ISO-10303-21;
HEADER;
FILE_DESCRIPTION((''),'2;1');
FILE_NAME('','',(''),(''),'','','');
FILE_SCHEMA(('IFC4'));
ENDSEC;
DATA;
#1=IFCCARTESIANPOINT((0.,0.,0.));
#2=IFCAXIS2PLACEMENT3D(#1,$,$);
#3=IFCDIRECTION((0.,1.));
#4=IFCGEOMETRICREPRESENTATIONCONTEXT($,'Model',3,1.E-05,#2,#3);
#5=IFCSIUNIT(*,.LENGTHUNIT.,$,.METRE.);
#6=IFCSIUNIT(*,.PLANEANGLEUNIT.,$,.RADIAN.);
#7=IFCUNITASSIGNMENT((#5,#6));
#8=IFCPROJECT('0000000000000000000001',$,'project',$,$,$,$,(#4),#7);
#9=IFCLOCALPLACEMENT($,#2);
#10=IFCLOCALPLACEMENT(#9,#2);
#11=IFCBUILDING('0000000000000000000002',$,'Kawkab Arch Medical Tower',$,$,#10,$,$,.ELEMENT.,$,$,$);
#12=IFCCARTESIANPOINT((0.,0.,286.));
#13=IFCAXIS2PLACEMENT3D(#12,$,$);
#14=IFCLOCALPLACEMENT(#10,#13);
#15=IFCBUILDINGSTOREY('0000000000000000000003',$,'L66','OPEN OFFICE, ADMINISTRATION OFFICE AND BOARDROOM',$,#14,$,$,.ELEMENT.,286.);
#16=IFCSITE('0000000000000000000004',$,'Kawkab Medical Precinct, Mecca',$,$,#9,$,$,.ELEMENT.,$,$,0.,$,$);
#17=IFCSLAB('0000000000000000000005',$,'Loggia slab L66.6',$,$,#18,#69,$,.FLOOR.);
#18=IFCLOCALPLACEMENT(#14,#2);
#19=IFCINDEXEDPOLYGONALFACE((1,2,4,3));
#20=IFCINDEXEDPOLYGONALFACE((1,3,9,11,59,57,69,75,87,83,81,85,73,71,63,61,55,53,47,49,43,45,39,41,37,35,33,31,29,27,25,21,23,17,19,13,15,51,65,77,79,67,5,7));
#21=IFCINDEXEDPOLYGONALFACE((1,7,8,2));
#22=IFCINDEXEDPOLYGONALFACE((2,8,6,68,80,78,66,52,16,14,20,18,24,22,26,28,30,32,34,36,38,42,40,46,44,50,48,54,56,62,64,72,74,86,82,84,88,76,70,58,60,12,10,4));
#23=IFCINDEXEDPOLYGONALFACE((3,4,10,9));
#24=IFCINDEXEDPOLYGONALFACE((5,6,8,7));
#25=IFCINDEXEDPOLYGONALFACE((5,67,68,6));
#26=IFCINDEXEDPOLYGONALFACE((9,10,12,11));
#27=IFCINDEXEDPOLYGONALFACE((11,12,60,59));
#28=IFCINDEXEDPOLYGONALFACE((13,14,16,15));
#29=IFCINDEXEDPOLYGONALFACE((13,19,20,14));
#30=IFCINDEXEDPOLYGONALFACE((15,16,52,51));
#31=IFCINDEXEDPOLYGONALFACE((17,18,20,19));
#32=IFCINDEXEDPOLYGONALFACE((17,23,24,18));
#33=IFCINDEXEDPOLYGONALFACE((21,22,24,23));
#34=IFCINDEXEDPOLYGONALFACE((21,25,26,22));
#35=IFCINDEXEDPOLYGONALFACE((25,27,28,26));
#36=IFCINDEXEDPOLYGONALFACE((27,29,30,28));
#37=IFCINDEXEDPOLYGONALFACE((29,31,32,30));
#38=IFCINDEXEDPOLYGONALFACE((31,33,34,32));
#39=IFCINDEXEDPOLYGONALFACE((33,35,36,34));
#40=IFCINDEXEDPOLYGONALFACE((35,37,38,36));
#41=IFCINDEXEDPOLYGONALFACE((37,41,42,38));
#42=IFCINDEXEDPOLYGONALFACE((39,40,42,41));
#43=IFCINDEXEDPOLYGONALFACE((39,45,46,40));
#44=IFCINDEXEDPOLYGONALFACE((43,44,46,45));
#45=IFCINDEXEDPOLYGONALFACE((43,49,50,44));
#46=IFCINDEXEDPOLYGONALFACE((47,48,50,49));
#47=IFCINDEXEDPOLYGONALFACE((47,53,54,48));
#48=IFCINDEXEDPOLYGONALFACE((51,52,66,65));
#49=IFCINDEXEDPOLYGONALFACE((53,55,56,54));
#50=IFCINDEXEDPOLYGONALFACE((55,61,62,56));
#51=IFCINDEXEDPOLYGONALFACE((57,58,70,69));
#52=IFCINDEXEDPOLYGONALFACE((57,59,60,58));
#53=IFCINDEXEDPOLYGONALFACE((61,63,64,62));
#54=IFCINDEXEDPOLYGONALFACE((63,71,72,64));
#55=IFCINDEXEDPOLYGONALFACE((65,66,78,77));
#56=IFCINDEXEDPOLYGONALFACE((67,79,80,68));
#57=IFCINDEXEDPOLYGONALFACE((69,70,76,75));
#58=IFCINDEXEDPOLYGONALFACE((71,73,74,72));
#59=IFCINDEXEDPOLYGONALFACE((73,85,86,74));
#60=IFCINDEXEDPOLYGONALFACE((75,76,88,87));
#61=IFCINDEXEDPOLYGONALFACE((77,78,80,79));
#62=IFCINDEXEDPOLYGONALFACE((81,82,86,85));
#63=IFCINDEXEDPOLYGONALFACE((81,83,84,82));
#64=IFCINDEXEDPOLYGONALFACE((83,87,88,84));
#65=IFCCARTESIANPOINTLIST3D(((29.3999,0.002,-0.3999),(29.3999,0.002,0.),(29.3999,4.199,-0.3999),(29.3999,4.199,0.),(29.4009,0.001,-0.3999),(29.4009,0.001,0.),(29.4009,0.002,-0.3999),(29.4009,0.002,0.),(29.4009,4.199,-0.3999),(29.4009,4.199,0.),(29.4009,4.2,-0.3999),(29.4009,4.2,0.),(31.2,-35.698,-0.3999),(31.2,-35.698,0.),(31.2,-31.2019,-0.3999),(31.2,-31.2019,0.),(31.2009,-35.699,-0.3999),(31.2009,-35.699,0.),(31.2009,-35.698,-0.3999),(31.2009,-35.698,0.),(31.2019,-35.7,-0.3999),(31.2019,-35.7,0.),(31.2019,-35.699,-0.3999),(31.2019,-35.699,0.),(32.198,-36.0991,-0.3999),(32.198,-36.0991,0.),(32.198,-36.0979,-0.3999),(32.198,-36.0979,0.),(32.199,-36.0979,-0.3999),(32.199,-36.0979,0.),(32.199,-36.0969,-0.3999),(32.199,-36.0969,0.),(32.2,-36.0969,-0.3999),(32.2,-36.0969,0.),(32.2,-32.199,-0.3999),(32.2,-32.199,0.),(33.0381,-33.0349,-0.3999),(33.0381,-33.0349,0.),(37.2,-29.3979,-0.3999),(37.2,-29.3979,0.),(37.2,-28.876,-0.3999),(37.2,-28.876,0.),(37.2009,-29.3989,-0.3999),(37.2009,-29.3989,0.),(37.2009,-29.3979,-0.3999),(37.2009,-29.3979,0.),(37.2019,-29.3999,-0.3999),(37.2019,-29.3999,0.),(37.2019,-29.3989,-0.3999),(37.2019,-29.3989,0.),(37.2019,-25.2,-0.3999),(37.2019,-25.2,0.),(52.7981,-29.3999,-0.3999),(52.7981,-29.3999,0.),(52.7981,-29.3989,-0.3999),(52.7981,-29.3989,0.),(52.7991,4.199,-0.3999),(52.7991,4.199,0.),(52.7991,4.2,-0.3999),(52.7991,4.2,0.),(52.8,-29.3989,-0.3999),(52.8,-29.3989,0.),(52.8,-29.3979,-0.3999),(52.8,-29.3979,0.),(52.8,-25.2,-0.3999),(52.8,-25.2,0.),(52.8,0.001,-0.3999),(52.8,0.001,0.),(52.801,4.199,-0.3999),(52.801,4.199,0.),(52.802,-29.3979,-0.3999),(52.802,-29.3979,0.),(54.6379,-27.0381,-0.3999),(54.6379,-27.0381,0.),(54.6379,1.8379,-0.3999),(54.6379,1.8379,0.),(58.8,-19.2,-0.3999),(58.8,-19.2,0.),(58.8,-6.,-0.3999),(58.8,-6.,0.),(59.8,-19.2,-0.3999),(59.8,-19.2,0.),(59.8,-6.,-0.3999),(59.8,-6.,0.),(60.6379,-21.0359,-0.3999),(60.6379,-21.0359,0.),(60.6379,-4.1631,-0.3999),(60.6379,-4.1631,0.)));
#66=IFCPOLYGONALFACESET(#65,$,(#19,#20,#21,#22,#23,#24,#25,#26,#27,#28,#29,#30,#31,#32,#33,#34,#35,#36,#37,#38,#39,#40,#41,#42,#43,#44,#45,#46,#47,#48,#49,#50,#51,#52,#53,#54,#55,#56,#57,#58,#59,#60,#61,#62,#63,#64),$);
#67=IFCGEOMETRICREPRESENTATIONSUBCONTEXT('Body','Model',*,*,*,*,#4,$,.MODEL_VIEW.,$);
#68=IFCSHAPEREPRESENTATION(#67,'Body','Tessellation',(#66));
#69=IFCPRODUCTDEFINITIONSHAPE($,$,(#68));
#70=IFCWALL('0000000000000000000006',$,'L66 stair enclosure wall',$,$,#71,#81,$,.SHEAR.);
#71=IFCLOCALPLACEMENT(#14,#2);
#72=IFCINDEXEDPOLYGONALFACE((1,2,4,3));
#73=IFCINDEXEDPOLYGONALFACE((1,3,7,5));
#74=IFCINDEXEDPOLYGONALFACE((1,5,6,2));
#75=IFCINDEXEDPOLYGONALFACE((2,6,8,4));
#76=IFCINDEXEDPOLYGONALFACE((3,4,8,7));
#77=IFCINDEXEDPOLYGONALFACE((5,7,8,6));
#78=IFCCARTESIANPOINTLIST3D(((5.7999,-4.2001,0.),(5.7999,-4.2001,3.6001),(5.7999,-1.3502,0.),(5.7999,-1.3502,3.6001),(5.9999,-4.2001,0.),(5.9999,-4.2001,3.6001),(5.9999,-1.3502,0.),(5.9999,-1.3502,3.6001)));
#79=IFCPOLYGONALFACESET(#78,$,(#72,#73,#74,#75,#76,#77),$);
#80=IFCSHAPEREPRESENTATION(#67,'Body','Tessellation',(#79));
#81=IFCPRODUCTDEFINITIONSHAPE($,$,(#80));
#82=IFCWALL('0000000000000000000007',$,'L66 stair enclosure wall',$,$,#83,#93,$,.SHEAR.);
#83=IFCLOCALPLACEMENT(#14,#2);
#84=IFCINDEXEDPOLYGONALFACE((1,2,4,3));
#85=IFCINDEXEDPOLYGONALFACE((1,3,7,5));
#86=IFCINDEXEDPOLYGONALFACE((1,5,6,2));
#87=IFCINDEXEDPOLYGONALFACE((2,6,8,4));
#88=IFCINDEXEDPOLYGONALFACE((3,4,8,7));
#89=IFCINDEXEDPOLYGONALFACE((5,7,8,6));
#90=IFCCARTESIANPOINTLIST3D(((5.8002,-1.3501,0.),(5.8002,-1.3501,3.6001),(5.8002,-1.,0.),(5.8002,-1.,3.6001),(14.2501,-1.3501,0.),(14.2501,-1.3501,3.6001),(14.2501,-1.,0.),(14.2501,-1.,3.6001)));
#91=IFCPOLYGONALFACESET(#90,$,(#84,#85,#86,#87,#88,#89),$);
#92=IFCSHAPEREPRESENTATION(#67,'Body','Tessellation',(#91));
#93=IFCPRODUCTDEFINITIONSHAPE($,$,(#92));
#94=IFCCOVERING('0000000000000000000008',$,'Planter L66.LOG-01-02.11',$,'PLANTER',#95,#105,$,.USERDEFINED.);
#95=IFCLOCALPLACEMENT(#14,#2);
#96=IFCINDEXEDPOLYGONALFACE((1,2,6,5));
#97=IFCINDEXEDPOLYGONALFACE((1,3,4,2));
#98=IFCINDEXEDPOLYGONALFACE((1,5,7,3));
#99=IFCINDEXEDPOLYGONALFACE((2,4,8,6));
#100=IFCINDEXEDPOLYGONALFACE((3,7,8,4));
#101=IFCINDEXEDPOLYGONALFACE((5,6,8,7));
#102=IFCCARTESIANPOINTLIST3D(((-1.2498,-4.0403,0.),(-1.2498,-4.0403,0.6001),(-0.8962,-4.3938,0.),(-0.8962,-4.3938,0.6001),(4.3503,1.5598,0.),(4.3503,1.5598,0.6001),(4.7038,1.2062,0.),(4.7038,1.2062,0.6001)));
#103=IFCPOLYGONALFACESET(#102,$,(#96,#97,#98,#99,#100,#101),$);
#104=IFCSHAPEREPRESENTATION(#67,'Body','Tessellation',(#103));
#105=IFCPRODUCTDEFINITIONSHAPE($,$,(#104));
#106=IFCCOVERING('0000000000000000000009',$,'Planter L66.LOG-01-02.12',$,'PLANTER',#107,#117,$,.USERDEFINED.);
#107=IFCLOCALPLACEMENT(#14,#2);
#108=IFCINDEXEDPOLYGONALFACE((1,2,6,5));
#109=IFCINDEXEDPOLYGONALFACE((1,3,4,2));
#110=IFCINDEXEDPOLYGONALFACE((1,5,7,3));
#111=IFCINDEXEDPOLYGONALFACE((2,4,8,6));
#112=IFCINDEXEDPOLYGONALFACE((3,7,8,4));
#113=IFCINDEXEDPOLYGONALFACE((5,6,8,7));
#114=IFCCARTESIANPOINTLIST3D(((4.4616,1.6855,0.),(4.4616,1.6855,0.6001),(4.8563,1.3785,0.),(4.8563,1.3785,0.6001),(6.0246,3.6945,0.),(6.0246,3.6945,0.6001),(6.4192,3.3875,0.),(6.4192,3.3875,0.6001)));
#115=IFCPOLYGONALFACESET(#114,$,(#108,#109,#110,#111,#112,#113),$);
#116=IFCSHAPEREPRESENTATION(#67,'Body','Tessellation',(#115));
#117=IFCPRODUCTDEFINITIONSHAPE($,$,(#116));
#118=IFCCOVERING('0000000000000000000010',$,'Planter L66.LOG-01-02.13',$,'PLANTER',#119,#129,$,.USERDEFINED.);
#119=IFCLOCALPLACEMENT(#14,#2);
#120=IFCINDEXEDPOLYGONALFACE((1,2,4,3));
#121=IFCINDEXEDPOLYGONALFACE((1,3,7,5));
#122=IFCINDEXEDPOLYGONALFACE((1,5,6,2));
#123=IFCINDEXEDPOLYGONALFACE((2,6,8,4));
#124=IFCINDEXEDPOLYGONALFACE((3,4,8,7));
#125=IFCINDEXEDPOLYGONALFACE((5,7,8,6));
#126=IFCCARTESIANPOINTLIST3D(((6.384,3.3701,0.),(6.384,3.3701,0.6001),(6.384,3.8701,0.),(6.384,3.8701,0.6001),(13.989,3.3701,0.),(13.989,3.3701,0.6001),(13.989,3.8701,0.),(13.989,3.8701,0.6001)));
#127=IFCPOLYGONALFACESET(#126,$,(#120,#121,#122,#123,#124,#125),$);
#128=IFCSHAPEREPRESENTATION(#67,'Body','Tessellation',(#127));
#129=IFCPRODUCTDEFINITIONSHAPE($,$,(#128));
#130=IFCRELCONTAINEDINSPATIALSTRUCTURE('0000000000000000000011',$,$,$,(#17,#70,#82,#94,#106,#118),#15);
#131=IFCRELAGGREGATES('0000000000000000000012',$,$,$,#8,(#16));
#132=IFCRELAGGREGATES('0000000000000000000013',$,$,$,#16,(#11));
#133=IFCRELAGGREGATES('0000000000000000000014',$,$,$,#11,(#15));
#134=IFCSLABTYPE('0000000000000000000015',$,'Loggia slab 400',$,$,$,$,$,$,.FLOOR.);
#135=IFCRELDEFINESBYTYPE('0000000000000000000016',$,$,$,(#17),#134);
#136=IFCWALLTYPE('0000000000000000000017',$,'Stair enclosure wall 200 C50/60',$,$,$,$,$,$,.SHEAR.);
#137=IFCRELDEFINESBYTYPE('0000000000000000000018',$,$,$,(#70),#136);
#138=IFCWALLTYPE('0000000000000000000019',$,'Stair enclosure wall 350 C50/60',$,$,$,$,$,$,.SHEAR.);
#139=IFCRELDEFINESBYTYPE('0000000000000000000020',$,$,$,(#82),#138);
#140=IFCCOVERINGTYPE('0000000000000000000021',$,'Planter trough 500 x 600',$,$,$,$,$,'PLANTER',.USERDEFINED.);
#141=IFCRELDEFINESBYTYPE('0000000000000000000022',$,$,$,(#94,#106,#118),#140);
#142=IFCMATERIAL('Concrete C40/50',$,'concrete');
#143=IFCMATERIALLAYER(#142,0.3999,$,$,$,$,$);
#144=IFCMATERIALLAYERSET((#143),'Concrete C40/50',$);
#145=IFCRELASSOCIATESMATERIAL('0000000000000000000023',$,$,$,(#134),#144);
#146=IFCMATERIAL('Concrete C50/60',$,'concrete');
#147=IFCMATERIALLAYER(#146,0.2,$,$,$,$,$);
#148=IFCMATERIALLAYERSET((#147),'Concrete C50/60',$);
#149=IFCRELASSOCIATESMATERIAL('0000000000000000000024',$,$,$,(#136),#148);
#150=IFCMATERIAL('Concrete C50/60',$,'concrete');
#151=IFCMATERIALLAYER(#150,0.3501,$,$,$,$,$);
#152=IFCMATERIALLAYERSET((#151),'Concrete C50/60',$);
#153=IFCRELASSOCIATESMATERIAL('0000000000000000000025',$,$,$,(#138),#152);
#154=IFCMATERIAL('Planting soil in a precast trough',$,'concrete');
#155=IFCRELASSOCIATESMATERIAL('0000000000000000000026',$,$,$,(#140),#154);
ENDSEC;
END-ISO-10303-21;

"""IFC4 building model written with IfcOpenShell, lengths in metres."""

from ifc_helpers import new_model, si_unit, direction, frame, frame_2d, origin, origin_2d, place, context, subcontext, project, spatial, polyline, rectangle, outline, extrude, material, layer, layer_set, material_profile, profile_set, type_object, element, save


model = new_model("IFC4")

# Units and contexts
model_context = context("Model", 3, precision=1e-05, world=origin(), true_north=direction((0.0, 1.0)))
body_context = subcontext(model_context, "Body", "Model", "MODEL_VIEW")
ifc_project = project(units=[si_unit("LENGTHUNIT", "METRE"), si_unit("PLANEANGLEUNIT", "RADIAN")], contexts=[model_context])

# Site, building, storey
site_placement = place(None, origin())
site = spatial("IfcSite", under=ifc_project, at=site_placement, Name="Kawkab Medical Precinct, Mecca", CompositionType="ELEMENT", RefElevation=0.0)
building_placement = place(site_placement, origin())
building = spatial("IfcBuilding", under=site, at=building_placement, Name="Kawkab Arch Medical Tower", CompositionType="ELEMENT")
storey_placement = place(building_placement, frame((0.0, 0.0, 286.0)))
storey = spatial("IfcBuildingStorey", under=building, at=storey_placement, Name="L66", Description="OPEN OFFICE, ADMINISTRATION OFFICE AND BOARDROOM", CompositionType="ELEMENT", Elevation=286.0)

# Slab
ifc_material_1 = material(Name="Concrete C40/50", Category="concrete")
ifc_layer_1 = layer(ifc_material_1, 0.3999)
ifc_layer_set_1 = layer_set([ifc_layer_1], Name="Concrete C40/50")
slab_type_1 = type_object("IfcSlabType", Name="Loggia slab 400", PredefinedType="FLOOR", material=ifc_layer_set_1)
placement_1 = place(storey_placement, frame((0.0, 0.0, -0.3999)))
element("IfcSlab", 1, at=placement_1, inside=storey, type_object=slab_type_1, Name="Loggia slab L66.6", PredefinedType="FLOOR", context=body_context, shape_type="SweptSolid", body=[
    extrude(outline(polyline([(29.4009, 0.001), (29.4009, 0.002), (29.3999, 0.002), (29.3999, 4.199), (29.4009, 4.199), (29.4009, 4.2), (52.7991, 4.2), (52.7991, 4.199), (52.801, 4.199), (54.6379, 1.8379), (60.6379, -4.1631), (59.8, -6.0), (59.8, -19.2), (60.6379, -21.0359), (54.6379, -27.0381), (52.802, -29.3979), (52.8, -29.3979), (52.8, -29.3989), (52.7981, -29.3989), (52.7981, -29.3999), (37.2019, -29.3999), (37.2019, -29.3989), (37.2009, -29.3989), (37.2009, -29.3979), (37.2, -29.3979), (37.2, -28.876), (33.0381, -33.0349), (32.2, -32.199), (32.2, -36.0969), (32.199, -36.0969), (32.199, -36.0979), (32.198, -36.0979), (32.198, -36.0991), (31.2019, -35.7), (31.2019, -35.699), (31.2009, -35.699), (31.2009, -35.698), (31.2, -35.698), (31.2, -31.2019), (37.2019, -25.2), (52.8, -25.2), (58.8, -19.2), (58.8, -6.0), (52.8, 0.001), (29.4009, 0.001)])), origin(), (0.0, 0.0, 1.0), 0.3999),
])

# Walls
ifc_material_2 = material(Name="Concrete C50/60", Category="concrete")
ifc_layer_2 = layer(ifc_material_2, 0.2)
ifc_layer_set_2 = layer_set([ifc_layer_2], Name="Concrete C50/60")
wall_type_1 = type_object("IfcWallType", Name="Stair enclosure wall 200 C50/60", PredefinedType="SHEAR", material=ifc_layer_set_2)
wall_1_placement = place(storey_placement, frame((5.8999, -4.2, 0.0), z_axis=(0.0, 0.0, 1.0), x_axis=(0.0, 1.0, 0.0)))
element("IfcWall", 2, at=wall_1_placement, inside=storey, type_object=wall_type_1, Name="L66 stair enclosure wall", PredefinedType="SHEAR", context=body_context, shape_type="SweptSolid", body=[
    extrude(rectangle(XDim=2.8499, YDim=0.2, at=frame_2d((1.4248, 0.0))), origin(), (0.0, 0.0, 1.0), 3.6001),
])
ifc_material_3 = material(Name="Concrete C50/60", Category="concrete")
ifc_layer_3 = layer(ifc_material_3, 0.3501)
ifc_layer_set_3 = layer_set([ifc_layer_3], Name="Concrete C50/60")
wall_type_2 = type_object("IfcWallType", Name="Stair enclosure wall 350 C50/60", PredefinedType="SHEAR", material=ifc_layer_set_3)
wall_2_placement = place(storey_placement, frame((5.8, -1.175, 0.0), z_axis=(0.0, 0.0, 1.0), x_axis=(1.0, 0.0, 0.0)))
element("IfcWall", 3, at=wall_2_placement, inside=storey, type_object=wall_type_2, Name="L66 stair enclosure wall", PredefinedType="SHEAR", context=body_context, shape_type="SweptSolid", body=[
    extrude(rectangle(XDim=8.45, YDim=0.3501, at=frame_2d((4.2251, 0.0))), origin(), (0.0, 0.0, 1.0), 3.6001),
])

# Coverings
ifc_material_4 = material(Name="Planting soil in a precast trough", Category="concrete")
ifc_material_profile_1 = material_profile(ifc_material_4, rectangle(XDim=0.5, YDim=0.6001, at=origin_2d()), Name="Trough 500x600")
ifc_profile_set_1 = profile_set([ifc_material_profile_1], Name="Planting soil in a precast trough")
covering_type = type_object("IfcCoveringType", Name="Planter trough 500 x 600", ElementType="PLANTER", PredefinedType="USERDEFINED", material=ifc_profile_set_1)
covering_1_placement = place(storey_placement, frame((-1.073, -4.217, 0.3), z_axis=(0.707107, 0.707107, 0.0), x_axis=(-0.707107, 0.707107, 0.0)))
element("IfcCovering", 4, at=covering_1_placement, inside=storey, type_object=covering_type, Name="Planter L66.LOG-01-02.11", ObjectType="PLANTER", PredefinedType="USERDEFINED", context=body_context, shape_type="SweptSolid", body=[
    extrude(rectangle(XDim=0.5, YDim=0.6001, at=origin_2d()), origin(), (0.0, 0.0, 1.0), 7.9197),
])
covering_2_placement = place(storey_placement, frame((4.6589, 1.532, 0.3), z_axis=(0.61404, 0.789275, 0.0), x_axis=(-0.789275, 0.61404, 0.0)))
element("IfcCovering", 5, at=covering_2_placement, inside=storey, type_object=covering_type, Name="Planter L66.LOG-01-02.12", ObjectType="PLANTER", PredefinedType="USERDEFINED", context=body_context, shape_type="SweptSolid", body=[
    extrude(rectangle(XDim=0.5, YDim=0.6001, at=origin_2d()), origin(), (0.0, 0.0, 1.0), 2.5454),
])
covering_3_placement = place(storey_placement, frame((6.384, 3.6201, 0.3), z_axis=(1.0, 0.0, 0.0), x_axis=(0.0, 1.0, 0.0)))
element("IfcCovering", 6, at=covering_3_placement, inside=storey, type_object=covering_type, Name="Planter L66.LOG-01-02.13", ObjectType="PLANTER", PredefinedType="USERDEFINED", context=body_context, shape_type="SweptSolid", body=[
    extrude(rectangle(XDim=0.5, YDim=0.6001, at=origin_2d()), origin(), (0.0, 0.0, 1.0), 7.605),
])

save(model, "model.ifc")
